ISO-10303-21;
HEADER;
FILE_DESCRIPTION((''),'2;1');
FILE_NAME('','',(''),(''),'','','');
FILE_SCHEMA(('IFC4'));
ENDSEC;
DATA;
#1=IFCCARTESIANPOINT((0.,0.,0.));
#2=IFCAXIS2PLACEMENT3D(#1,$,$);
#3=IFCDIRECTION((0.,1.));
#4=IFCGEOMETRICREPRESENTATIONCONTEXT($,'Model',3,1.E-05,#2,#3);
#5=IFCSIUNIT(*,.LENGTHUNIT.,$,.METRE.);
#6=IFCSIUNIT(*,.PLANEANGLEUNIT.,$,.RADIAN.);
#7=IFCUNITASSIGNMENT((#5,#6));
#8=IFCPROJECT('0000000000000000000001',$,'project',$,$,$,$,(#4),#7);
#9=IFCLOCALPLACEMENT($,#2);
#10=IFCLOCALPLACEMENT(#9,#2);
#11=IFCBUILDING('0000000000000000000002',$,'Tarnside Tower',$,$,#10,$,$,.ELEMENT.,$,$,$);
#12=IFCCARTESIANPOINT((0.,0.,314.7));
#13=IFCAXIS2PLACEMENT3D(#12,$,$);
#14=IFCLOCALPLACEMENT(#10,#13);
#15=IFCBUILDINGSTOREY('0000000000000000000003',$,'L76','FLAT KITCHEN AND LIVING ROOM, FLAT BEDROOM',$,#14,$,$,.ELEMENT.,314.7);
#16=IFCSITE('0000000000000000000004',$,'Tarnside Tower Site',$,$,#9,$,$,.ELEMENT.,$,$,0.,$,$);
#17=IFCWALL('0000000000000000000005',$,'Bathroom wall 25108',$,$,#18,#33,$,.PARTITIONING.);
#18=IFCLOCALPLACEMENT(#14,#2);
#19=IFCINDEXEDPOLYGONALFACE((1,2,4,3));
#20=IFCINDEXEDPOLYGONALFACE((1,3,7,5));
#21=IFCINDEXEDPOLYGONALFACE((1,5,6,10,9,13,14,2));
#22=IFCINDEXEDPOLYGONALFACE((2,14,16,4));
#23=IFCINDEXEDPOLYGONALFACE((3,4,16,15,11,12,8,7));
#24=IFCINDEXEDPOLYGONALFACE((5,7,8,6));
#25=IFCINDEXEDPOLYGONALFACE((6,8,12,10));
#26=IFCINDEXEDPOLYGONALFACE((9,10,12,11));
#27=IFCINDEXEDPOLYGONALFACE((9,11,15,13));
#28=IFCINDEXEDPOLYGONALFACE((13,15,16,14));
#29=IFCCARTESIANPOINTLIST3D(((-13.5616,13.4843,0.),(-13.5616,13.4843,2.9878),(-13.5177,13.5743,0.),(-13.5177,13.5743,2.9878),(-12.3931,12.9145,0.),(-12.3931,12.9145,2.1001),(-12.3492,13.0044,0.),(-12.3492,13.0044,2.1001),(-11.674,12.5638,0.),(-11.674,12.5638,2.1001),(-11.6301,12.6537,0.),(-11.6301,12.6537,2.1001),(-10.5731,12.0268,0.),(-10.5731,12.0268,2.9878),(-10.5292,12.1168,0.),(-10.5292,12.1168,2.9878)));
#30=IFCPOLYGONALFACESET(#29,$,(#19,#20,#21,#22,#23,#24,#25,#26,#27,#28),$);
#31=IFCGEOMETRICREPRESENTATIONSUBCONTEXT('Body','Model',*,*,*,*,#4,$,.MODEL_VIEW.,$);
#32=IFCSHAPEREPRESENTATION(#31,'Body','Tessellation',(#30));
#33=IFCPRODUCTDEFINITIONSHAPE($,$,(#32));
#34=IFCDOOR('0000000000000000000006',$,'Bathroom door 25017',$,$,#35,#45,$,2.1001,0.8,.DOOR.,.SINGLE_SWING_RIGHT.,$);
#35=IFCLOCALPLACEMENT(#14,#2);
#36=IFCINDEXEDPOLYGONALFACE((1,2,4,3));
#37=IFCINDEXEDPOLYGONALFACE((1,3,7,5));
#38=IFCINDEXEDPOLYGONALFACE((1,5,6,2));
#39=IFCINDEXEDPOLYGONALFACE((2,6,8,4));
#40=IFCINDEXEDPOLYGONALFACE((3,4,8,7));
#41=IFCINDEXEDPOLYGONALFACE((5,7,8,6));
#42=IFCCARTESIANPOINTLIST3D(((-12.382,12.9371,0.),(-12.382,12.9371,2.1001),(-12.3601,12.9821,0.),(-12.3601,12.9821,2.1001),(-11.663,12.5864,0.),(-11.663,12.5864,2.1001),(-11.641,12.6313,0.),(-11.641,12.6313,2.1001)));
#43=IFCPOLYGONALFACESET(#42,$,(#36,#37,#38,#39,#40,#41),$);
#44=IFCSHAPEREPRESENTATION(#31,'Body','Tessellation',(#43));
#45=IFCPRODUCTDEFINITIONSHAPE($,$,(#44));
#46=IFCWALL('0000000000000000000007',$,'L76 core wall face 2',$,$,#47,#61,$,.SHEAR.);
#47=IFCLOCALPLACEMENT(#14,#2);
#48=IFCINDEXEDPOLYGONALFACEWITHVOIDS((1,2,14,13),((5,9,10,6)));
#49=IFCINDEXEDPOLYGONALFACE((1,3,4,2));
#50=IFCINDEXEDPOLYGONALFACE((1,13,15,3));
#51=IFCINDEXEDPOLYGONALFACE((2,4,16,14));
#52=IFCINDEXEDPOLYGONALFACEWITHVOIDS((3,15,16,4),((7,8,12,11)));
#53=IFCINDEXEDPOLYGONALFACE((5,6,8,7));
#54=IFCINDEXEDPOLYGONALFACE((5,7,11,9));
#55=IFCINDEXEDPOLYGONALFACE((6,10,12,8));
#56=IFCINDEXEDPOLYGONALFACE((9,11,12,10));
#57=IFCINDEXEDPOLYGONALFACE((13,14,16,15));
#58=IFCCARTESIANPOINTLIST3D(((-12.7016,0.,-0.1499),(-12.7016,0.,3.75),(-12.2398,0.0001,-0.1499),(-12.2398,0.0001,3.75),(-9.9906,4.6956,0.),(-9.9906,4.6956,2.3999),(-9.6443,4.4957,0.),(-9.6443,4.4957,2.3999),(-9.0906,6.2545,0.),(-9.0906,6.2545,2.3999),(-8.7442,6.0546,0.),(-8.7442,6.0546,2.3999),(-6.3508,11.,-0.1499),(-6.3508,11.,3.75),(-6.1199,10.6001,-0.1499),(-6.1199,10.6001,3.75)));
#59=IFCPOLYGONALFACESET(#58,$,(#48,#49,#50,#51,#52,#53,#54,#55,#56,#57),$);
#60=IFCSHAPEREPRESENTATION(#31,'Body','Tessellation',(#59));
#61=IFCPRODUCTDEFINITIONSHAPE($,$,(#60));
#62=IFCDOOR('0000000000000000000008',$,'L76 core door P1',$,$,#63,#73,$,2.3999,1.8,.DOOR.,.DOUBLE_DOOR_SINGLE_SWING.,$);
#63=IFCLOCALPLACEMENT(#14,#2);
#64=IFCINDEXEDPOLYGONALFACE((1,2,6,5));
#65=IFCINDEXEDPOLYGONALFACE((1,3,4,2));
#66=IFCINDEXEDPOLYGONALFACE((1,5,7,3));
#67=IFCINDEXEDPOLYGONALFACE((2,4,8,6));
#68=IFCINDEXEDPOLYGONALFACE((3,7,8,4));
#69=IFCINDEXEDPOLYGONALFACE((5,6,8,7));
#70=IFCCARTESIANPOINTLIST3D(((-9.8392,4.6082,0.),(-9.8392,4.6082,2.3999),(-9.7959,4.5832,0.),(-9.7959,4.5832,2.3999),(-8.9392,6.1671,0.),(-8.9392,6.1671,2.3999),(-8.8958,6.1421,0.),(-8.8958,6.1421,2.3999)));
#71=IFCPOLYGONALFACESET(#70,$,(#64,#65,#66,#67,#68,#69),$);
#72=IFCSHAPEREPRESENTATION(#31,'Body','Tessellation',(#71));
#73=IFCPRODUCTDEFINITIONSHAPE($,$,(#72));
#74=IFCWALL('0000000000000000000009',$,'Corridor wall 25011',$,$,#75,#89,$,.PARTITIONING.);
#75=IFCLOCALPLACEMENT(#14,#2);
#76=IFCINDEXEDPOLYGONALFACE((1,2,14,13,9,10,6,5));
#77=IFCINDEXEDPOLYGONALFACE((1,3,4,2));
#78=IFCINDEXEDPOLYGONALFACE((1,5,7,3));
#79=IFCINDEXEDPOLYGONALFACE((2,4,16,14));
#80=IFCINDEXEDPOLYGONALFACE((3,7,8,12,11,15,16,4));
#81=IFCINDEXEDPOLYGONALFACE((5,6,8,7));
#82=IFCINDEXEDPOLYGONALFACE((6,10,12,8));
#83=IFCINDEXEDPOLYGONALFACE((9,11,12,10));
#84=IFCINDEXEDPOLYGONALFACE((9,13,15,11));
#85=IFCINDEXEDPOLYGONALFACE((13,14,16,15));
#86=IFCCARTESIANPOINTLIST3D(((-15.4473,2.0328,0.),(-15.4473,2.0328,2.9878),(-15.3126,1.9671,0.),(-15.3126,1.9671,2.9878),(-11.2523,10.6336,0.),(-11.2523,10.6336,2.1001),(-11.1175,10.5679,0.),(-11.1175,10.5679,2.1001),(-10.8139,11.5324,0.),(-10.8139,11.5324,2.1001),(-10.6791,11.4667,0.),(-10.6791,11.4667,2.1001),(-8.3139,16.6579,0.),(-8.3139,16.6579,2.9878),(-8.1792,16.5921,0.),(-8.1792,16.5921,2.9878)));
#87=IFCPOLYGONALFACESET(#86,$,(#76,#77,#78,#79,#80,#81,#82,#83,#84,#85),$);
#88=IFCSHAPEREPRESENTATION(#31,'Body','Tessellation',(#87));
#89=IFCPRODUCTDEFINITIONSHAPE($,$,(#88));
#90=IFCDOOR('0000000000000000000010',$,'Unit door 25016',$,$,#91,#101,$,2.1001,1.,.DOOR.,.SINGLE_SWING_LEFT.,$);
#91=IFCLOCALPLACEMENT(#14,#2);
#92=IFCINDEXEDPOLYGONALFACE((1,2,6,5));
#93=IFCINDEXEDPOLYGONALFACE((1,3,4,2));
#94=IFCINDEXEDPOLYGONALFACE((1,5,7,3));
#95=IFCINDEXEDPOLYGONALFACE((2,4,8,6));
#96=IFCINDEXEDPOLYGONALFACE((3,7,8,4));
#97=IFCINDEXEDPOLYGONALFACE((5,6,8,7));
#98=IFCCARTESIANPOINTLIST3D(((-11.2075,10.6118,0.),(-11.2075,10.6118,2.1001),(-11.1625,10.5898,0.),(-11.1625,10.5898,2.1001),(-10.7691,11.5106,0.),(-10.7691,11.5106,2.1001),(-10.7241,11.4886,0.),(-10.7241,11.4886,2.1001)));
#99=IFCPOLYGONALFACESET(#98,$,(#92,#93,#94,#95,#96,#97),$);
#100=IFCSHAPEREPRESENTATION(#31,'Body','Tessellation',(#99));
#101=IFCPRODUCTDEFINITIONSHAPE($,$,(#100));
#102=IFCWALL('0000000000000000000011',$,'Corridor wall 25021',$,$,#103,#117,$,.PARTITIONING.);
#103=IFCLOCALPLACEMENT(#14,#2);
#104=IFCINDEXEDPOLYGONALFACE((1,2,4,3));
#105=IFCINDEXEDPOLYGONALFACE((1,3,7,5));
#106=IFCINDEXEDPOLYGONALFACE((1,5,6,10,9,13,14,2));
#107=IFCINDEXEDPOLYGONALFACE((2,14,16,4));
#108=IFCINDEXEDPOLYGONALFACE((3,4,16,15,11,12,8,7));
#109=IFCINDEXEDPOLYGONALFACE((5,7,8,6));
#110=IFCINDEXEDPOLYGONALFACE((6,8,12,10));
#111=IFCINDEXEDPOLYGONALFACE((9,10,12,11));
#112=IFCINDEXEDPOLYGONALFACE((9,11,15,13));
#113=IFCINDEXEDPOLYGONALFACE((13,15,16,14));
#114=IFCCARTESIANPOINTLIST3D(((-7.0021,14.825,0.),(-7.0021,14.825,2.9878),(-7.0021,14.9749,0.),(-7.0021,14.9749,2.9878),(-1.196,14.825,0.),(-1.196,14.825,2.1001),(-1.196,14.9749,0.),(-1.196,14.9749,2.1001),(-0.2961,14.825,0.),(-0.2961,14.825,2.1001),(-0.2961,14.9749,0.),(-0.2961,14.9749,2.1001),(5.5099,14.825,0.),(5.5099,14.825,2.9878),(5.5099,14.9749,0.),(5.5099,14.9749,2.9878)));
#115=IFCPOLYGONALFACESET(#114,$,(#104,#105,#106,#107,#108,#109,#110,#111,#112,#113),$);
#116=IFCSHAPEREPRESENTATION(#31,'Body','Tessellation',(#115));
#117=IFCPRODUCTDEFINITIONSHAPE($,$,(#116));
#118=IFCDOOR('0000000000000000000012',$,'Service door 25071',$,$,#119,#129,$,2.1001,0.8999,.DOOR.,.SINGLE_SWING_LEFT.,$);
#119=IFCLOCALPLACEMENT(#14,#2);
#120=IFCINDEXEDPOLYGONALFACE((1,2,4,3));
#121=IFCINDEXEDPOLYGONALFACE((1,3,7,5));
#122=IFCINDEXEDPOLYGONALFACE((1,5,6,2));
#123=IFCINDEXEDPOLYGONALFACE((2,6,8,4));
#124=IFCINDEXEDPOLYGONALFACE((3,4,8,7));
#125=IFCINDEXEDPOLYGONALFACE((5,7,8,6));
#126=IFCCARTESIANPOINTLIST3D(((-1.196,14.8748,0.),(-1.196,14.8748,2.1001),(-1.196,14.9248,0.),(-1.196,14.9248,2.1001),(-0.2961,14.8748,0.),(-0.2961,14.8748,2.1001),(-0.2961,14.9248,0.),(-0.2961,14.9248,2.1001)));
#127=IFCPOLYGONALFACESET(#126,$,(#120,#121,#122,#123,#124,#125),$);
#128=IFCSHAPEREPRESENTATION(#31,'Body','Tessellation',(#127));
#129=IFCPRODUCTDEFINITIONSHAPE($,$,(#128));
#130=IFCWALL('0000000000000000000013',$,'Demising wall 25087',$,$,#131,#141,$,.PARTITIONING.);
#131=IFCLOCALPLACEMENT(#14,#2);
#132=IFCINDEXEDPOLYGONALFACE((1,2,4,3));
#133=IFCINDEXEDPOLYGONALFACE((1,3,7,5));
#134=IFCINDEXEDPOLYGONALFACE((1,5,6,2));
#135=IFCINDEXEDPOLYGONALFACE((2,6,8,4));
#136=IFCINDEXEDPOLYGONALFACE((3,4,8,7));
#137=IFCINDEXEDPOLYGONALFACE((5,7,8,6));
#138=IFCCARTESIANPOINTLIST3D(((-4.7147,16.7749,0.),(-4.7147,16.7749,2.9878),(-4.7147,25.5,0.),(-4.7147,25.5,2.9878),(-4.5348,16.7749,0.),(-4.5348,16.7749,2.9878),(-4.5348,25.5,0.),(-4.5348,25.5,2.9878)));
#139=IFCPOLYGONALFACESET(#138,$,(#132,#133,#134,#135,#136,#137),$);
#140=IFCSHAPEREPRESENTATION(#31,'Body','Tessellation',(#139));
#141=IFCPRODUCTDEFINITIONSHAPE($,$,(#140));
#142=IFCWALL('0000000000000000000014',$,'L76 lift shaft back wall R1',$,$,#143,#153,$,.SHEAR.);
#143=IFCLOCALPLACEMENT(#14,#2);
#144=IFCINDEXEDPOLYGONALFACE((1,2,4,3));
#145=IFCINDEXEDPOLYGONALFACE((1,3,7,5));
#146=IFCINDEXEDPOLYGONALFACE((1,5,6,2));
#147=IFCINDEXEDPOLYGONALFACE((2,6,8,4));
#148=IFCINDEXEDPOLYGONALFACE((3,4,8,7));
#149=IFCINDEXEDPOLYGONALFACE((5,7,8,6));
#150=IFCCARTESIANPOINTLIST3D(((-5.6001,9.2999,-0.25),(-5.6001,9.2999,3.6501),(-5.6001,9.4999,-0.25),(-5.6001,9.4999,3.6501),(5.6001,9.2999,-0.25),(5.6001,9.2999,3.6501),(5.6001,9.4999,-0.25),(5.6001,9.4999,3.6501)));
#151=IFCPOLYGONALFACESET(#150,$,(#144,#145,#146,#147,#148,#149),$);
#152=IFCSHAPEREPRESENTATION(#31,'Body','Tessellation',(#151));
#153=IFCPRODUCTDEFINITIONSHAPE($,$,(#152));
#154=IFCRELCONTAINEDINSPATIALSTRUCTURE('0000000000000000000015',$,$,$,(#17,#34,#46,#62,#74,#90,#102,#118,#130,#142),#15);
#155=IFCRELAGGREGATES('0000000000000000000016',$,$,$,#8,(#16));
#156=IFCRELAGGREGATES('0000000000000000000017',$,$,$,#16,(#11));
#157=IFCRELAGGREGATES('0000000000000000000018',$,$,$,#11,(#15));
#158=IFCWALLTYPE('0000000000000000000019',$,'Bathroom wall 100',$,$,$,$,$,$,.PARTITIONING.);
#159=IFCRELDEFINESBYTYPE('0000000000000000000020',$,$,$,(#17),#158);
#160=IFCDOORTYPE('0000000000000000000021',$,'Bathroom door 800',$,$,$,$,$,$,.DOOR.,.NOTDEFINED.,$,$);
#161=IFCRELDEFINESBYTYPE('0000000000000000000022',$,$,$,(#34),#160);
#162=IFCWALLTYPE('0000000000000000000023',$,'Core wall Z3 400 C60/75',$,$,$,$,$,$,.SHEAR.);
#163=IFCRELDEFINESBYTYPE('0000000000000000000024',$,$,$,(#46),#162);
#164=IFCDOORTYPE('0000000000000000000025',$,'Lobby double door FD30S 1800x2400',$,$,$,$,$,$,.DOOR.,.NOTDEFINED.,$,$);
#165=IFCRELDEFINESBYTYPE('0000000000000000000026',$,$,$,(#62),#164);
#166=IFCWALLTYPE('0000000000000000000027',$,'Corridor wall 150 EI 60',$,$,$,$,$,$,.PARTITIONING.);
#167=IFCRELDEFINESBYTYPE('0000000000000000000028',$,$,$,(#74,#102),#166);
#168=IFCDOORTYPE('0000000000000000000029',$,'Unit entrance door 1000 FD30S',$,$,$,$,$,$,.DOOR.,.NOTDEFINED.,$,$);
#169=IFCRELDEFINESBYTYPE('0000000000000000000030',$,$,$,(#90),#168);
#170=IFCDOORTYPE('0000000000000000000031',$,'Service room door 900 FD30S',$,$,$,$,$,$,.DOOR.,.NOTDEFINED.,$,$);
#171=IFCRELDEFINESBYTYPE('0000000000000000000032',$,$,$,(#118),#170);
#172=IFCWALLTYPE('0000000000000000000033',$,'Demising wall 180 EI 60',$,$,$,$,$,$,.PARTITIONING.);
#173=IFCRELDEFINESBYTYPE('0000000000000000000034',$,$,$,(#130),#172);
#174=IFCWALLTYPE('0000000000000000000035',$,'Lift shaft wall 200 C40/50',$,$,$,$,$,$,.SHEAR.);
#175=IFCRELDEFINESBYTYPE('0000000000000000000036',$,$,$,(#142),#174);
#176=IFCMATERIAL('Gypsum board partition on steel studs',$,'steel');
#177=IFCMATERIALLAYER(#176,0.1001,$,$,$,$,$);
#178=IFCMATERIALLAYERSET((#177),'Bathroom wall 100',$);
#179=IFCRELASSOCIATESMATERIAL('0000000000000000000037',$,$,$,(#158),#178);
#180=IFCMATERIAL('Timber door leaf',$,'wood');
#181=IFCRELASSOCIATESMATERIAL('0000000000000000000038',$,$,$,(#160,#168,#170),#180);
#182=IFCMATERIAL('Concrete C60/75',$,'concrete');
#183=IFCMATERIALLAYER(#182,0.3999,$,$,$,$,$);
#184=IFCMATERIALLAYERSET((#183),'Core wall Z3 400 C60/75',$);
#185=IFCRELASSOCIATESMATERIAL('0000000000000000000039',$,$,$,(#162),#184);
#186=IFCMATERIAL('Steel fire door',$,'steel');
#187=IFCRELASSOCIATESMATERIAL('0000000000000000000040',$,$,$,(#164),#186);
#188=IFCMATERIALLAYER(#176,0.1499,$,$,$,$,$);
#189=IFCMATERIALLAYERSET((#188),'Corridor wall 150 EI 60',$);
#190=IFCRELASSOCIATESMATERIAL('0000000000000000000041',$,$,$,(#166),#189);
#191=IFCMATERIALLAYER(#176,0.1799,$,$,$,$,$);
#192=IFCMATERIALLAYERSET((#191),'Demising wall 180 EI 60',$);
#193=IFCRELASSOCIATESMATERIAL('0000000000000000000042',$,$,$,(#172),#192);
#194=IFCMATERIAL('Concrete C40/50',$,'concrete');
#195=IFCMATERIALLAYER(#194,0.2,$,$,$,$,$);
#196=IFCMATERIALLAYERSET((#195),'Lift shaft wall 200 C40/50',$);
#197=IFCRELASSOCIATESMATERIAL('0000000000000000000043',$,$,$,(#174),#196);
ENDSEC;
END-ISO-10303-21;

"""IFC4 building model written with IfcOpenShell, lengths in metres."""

from ifc_helpers import new_model, si_unit, direction, frame, frame_2d, origin, place, context, subcontext, project, spatial, polyline, rectangle, outline, extrude, material, layer, layer_set, type_object, element, fill, save


model = new_model("IFC4")

# Units and contexts
model_context = context("Model", 3, precision=1e-05, world=origin(), true_north=direction((0.0, 1.0)))
body_context = subcontext(model_context, "Body", "Model", "MODEL_VIEW")
ifc_project = project(units=[si_unit("LENGTHUNIT", "METRE"), si_unit("PLANEANGLEUNIT", "RADIAN")], contexts=[model_context])

# Site, building, storey
site_placement = place(None, origin())
site = spatial("IfcSite", under=ifc_project, at=site_placement, Name="Tarnside Tower Site", CompositionType="ELEMENT", RefElevation=0.0)
building_placement = place(site_placement, origin())
building = spatial("IfcBuilding", under=site, at=building_placement, Name="Tarnside Tower", CompositionType="ELEMENT")
storey_placement = place(building_placement, frame((0.0, 0.0, 314.7)))
storey = spatial("IfcBuildingStorey", under=building, at=storey_placement, Name="L76", Description="FLAT KITCHEN AND LIVING ROOM, FLAT BEDROOM", CompositionType="ELEMENT", Elevation=314.7)

# Shared definitions
ifc_material_1 = material(Name="Gypsum board partition on steel studs", Category="steel")
ifc_layer_1 = layer(ifc_material_1, 0.1001)
ifc_layer_set_1 = layer_set([ifc_layer_1], Name="Bathroom wall 100")
wall_type_1 = type_object("IfcWallType", Name="Bathroom wall 100", PredefinedType="PARTITIONING", material=ifc_layer_set_1)
ifc_material_2 = material(Name="Timber door leaf", Category="wood")
door_type_1 = type_object("IfcDoorType", Name="Bathroom door 800", OperationType="NOTDEFINED", PredefinedType="DOOR", material=ifc_material_2)

# Walls, openings, doors
wall_1_placement = place(storey_placement, frame((-10.551, 12.0718, 0.0), z_axis=(0.0, 0.0, 1.0), x_axis=(-0.898804, 0.438351, 0.0)))
wall_1 = element("IfcWall", 1, at=wall_1_placement, inside=storey, type_object=wall_type_1, Name="Bathroom wall 25108", PredefinedType="PARTITIONING", context=body_context, shape_type="SweptSolid", body=[
    extrude(rectangle(XDim=3.325, YDim=0.1001, at=frame_2d((1.6626, 0.0))), origin(), (0.0, 0.0, 1.0), 2.9878),
])
opening_1_placement = place(wall_1_placement, frame((1.2251, 0.0, 0.0)))
opening_1 = element("IfcOpeningElement", 2, at=opening_1_placement, cuts=wall_1, PredefinedType="OPENING", context=body_context, shape_type="SweptSolid", body=[
    extrude(rectangle(XDim=0.8, YDim=2.1001, at=frame_2d((0.3999, 1.05))), frame((0.0, 0.0601, 0.0), z_axis=(0.0, -1.0, 0.0), x_axis=(1.0, 0.0, 0.0)), (0.0, 0.0, 1.0), 0.1201),
])
door_1_placement = place(opening_1_placement, origin())
door_1 = element("IfcDoor", 3, at=door_1_placement, inside=storey, type_object=door_type_1, Name="Bathroom door 25017", OperationType="SINGLE_SWING_RIGHT", OverallHeight=2.1001, OverallWidth=0.8, PredefinedType="DOOR", context=body_context, shape_type="SweptSolid", body=[
    extrude(rectangle(XDim=0.8, YDim=2.1001, at=frame_2d((0.3999, 1.05))), frame((0.0, 0.0249, 0.0), z_axis=(0.0, -1.0, 0.0), x_axis=(1.0, 0.0, 0.0)), (0.0, 0.0, 1.0), 0.05),
])
fill(opening_1, door_1)
ifc_material_3 = material(Name="Concrete C60/75", Category="concrete")
ifc_layer_2 = layer(ifc_material_3, 0.3999)
ifc_layer_set_2 = layer_set([ifc_layer_2], Name="Core wall Z3 400 C60/75")
wall_type_2 = type_object("IfcWallType", Name="Core wall Z3 400 C60/75", PredefinedType="SHEAR", material=ifc_layer_set_2)
wall_2_placement = place(storey_placement, frame((-6.2354, 10.8, -0.1499), z_axis=(0.0, 0.0, 1.0), x_axis=(-0.499996, -0.866027, 0.0)))
wall_2 = element("IfcWall", 4, at=wall_2_placement, inside=storey, type_object=wall_type_2, Name="L76 core wall face 2", PredefinedType="SHEAR", context=body_context, shape_type="SweptSolid", body=[
    extrude(outline(polyline([(-0.1155, -0.2), (12.5862, -0.2), (12.3552, 0.2), (0.1155, 0.2), (-0.1155, -0.2)])), origin(), (0.0, 0.0, 1.0), 3.8999),
])
opening_2_placement = place(wall_2_placement, frame((5.3643, 0.0, 0.1499)))
opening_2 = element("IfcOpeningElement", 5, at=opening_2_placement, cuts=wall_2, PredefinedType="OPENING", context=body_context, shape_type="SweptSolid", body=[
    extrude(rectangle(XDim=1.8, YDim=2.3999, at=frame_2d((0.8999, 1.2))), frame((0.0, 0.21, 0.0), z_axis=(0.0, -1.0, 0.0), x_axis=(1.0, 0.0, 0.0)), (0.0, 0.0, 1.0), 0.4199),
])
ifc_material_4 = material(Name="Steel fire door", Category="steel")
door_type_2 = type_object("IfcDoorType", Name="Lobby double door FD30S 1800x2400", OperationType="NOTDEFINED", PredefinedType="DOOR", material=ifc_material_4)
door_2_placement = place(opening_2_placement, origin())
door_2 = element("IfcDoor", 6, at=door_2_placement, inside=storey, type_object=door_type_2, Name="L76 core door P1", OperationType="DOUBLE_DOOR_SINGLE_SWING", OverallHeight=2.3999, OverallWidth=1.8, PredefinedType="DOOR", context=body_context, shape_type="SweptSolid", body=[
    extrude(rectangle(XDim=1.8, YDim=2.3999, at=frame_2d((0.8999, 1.2))), frame((0.0, 0.0249, 0.0), z_axis=(0.0, -1.0, 0.0), x_axis=(1.0, 0.0, 0.0)), (0.0, 0.0, 1.0), 0.05),
])
fill(opening_2, door_2)
ifc_layer_3 = layer(ifc_material_1, 0.1499)
ifc_layer_set_3 = layer_set([ifc_layer_3], Name="Corridor wall 150 EI 60")
wall_type_3 = type_object("IfcWallType", Name="Corridor wall 150 EI 60", PredefinedType="PARTITIONING", material=ifc_layer_set_3)
wall_3_placement = place(storey_placement, frame((-8.2466, 16.625, 0.0), z_axis=(0.0, 0.0, 1.0), x_axis=(-0.438382, -0.898789, 0.0)))
wall_3 = element("IfcWall", 7, at=wall_3_placement, inside=storey, type_object=wall_type_3, Name="Corridor wall 25011", PredefinedType="PARTITIONING", context=body_context, shape_type="SweptSolid", body=[
    extrude(rectangle(XDim=16.272, YDim=0.1499, at=frame_2d((8.136, 0.0))), origin(), (0.0, 0.0, 1.0), 2.9878),
])
opening_3_placement = place(wall_3_placement, frame((5.7026, 0.0, 0.0)))
opening_3 = element("IfcOpeningElement", 8, at=opening_3_placement, cuts=wall_3, PredefinedType="OPENING", context=body_context, shape_type="SweptSolid", body=[
    extrude(rectangle(XDim=1.0, YDim=2.1001, at=frame_2d((0.5, 1.05))), frame((0.0, 0.085, 0.0), z_axis=(0.0, -1.0, 0.0), x_axis=(1.0, 0.0, 0.0)), (0.0, 0.0, 1.0), 0.1699),
])
door_type_3 = type_object("IfcDoorType", Name="Unit entrance door 1000 FD30S", OperationType="NOTDEFINED", PredefinedType="DOOR", material=ifc_material_2)
door_3_placement = place(opening_3_placement, origin())
door_3 = element("IfcDoor", 9, at=door_3_placement, inside=storey, type_object=door_type_3, Name="Unit door 25016", OperationType="SINGLE_SWING_LEFT", OverallHeight=2.1001, OverallWidth=1.0, PredefinedType="DOOR", context=body_context, shape_type="SweptSolid", body=[
    extrude(rectangle(XDim=1.0, YDim=2.1001, at=frame_2d((0.5, 1.05))), frame((0.0, 0.0249, 0.0), z_axis=(0.0, -1.0, 0.0), x_axis=(1.0, 0.0, 0.0)), (0.0, 0.0, 1.0), 0.05),
])
fill(opening_3, door_3)
wall_4_placement = place(storey_placement, frame((-7.002, 14.8999, 0.0), z_axis=(0.0, 0.0, 1.0), x_axis=(1.0, 0.0, 0.0)))
wall_4 = element("IfcWall", 10, at=wall_4_placement, inside=storey, type_object=wall_type_3, Name="Corridor wall 25021", PredefinedType="PARTITIONING", context=body_context, shape_type="SweptSolid", body=[
    extrude(rectangle(XDim=12.512, YDim=0.1499, at=frame_2d((6.2559, 0.0))), origin(), (0.0, 0.0, 1.0), 2.9878),
])
opening_4_placement = place(wall_4_placement, frame((5.8059, 0.0, 0.0)))
opening_4 = element("IfcOpeningElement", 11, at=opening_4_placement, cuts=wall_4, PredefinedType="OPENING", context=body_context, shape_type="SweptSolid", body=[
    extrude(rectangle(XDim=0.8999, YDim=2.1001, at=frame_2d((0.45, 1.05))), frame((0.0, 0.085, 0.0), z_axis=(0.0, -1.0, 0.0), x_axis=(1.0, 0.0, 0.0)), (0.0, 0.0, 1.0), 0.1699),
])
door_type_4 = type_object("IfcDoorType", Name="Service room door 900 FD30S", OperationType="NOTDEFINED", PredefinedType="DOOR", material=ifc_material_2)
door_4_placement = place(opening_4_placement, origin())
door_4 = element("IfcDoor", 12, at=door_4_placement, inside=storey, type_object=door_type_4, Name="Service door 25071", OperationType="SINGLE_SWING_LEFT", OverallHeight=2.1001, OverallWidth=0.8999, PredefinedType="DOOR", context=body_context, shape_type="SweptSolid", body=[
    extrude(rectangle(XDim=0.8999, YDim=2.1001, at=frame_2d((0.45, 1.05))), frame((0.0, 0.0249, 0.0), z_axis=(0.0, -1.0, 0.0), x_axis=(1.0, 0.0, 0.0)), (0.0, 0.0, 1.0), 0.05),
])
fill(opening_4, door_4)

# Walls
ifc_layer_4 = layer(ifc_material_1, 0.1799)
ifc_layer_set_4 = layer_set([ifc_layer_4], Name="Demising wall 180 EI 60")
wall_type_4 = type_object("IfcWallType", Name="Demising wall 180 EI 60", PredefinedType="PARTITIONING", material=ifc_layer_set_4)
wall_5_placement = place(storey_placement, frame((-4.6248, 25.5, 0.0), z_axis=(0.0, 0.0, 1.0), x_axis=(0.0, -1.0, 0.0)))
element("IfcWall", 13, at=wall_5_placement, inside=storey, type_object=wall_type_4, Name="Demising wall 25087", PredefinedType="PARTITIONING", context=body_context, shape_type="SweptSolid", body=[
    extrude(rectangle(XDim=8.7251, YDim=0.1799, at=frame_2d((4.3625, 0.0))), origin(), (0.0, 0.0, 1.0), 2.9878),
])
ifc_material_5 = material(Name="Concrete C40/50", Category="concrete")
ifc_layer_5 = layer(ifc_material_5, 0.2)
ifc_layer_set_5 = layer_set([ifc_layer_5], Name="Lift shaft wall 200 C40/50")
wall_type_5 = type_object("IfcWallType", Name="Lift shaft wall 200 C40/50", PredefinedType="SHEAR", material=ifc_layer_set_5)
wall_6_placement = place(storey_placement, frame((-5.6001, 9.3999, -0.25), z_axis=(0.0, 0.0, 1.0), x_axis=(1.0, 0.0, 0.0)))
element("IfcWall", 14, at=wall_6_placement, inside=storey, type_object=wall_type_5, Name="L76 lift shaft back wall R1", PredefinedType="SHEAR", context=body_context, shape_type="SweptSolid", body=[
    extrude(rectangle(XDim=11.2002, YDim=0.2, at=frame_2d((5.6001, 0.0))), origin(), (0.0, 0.0, 1.0), 3.9001),
])

save(model, "model.ifc")
